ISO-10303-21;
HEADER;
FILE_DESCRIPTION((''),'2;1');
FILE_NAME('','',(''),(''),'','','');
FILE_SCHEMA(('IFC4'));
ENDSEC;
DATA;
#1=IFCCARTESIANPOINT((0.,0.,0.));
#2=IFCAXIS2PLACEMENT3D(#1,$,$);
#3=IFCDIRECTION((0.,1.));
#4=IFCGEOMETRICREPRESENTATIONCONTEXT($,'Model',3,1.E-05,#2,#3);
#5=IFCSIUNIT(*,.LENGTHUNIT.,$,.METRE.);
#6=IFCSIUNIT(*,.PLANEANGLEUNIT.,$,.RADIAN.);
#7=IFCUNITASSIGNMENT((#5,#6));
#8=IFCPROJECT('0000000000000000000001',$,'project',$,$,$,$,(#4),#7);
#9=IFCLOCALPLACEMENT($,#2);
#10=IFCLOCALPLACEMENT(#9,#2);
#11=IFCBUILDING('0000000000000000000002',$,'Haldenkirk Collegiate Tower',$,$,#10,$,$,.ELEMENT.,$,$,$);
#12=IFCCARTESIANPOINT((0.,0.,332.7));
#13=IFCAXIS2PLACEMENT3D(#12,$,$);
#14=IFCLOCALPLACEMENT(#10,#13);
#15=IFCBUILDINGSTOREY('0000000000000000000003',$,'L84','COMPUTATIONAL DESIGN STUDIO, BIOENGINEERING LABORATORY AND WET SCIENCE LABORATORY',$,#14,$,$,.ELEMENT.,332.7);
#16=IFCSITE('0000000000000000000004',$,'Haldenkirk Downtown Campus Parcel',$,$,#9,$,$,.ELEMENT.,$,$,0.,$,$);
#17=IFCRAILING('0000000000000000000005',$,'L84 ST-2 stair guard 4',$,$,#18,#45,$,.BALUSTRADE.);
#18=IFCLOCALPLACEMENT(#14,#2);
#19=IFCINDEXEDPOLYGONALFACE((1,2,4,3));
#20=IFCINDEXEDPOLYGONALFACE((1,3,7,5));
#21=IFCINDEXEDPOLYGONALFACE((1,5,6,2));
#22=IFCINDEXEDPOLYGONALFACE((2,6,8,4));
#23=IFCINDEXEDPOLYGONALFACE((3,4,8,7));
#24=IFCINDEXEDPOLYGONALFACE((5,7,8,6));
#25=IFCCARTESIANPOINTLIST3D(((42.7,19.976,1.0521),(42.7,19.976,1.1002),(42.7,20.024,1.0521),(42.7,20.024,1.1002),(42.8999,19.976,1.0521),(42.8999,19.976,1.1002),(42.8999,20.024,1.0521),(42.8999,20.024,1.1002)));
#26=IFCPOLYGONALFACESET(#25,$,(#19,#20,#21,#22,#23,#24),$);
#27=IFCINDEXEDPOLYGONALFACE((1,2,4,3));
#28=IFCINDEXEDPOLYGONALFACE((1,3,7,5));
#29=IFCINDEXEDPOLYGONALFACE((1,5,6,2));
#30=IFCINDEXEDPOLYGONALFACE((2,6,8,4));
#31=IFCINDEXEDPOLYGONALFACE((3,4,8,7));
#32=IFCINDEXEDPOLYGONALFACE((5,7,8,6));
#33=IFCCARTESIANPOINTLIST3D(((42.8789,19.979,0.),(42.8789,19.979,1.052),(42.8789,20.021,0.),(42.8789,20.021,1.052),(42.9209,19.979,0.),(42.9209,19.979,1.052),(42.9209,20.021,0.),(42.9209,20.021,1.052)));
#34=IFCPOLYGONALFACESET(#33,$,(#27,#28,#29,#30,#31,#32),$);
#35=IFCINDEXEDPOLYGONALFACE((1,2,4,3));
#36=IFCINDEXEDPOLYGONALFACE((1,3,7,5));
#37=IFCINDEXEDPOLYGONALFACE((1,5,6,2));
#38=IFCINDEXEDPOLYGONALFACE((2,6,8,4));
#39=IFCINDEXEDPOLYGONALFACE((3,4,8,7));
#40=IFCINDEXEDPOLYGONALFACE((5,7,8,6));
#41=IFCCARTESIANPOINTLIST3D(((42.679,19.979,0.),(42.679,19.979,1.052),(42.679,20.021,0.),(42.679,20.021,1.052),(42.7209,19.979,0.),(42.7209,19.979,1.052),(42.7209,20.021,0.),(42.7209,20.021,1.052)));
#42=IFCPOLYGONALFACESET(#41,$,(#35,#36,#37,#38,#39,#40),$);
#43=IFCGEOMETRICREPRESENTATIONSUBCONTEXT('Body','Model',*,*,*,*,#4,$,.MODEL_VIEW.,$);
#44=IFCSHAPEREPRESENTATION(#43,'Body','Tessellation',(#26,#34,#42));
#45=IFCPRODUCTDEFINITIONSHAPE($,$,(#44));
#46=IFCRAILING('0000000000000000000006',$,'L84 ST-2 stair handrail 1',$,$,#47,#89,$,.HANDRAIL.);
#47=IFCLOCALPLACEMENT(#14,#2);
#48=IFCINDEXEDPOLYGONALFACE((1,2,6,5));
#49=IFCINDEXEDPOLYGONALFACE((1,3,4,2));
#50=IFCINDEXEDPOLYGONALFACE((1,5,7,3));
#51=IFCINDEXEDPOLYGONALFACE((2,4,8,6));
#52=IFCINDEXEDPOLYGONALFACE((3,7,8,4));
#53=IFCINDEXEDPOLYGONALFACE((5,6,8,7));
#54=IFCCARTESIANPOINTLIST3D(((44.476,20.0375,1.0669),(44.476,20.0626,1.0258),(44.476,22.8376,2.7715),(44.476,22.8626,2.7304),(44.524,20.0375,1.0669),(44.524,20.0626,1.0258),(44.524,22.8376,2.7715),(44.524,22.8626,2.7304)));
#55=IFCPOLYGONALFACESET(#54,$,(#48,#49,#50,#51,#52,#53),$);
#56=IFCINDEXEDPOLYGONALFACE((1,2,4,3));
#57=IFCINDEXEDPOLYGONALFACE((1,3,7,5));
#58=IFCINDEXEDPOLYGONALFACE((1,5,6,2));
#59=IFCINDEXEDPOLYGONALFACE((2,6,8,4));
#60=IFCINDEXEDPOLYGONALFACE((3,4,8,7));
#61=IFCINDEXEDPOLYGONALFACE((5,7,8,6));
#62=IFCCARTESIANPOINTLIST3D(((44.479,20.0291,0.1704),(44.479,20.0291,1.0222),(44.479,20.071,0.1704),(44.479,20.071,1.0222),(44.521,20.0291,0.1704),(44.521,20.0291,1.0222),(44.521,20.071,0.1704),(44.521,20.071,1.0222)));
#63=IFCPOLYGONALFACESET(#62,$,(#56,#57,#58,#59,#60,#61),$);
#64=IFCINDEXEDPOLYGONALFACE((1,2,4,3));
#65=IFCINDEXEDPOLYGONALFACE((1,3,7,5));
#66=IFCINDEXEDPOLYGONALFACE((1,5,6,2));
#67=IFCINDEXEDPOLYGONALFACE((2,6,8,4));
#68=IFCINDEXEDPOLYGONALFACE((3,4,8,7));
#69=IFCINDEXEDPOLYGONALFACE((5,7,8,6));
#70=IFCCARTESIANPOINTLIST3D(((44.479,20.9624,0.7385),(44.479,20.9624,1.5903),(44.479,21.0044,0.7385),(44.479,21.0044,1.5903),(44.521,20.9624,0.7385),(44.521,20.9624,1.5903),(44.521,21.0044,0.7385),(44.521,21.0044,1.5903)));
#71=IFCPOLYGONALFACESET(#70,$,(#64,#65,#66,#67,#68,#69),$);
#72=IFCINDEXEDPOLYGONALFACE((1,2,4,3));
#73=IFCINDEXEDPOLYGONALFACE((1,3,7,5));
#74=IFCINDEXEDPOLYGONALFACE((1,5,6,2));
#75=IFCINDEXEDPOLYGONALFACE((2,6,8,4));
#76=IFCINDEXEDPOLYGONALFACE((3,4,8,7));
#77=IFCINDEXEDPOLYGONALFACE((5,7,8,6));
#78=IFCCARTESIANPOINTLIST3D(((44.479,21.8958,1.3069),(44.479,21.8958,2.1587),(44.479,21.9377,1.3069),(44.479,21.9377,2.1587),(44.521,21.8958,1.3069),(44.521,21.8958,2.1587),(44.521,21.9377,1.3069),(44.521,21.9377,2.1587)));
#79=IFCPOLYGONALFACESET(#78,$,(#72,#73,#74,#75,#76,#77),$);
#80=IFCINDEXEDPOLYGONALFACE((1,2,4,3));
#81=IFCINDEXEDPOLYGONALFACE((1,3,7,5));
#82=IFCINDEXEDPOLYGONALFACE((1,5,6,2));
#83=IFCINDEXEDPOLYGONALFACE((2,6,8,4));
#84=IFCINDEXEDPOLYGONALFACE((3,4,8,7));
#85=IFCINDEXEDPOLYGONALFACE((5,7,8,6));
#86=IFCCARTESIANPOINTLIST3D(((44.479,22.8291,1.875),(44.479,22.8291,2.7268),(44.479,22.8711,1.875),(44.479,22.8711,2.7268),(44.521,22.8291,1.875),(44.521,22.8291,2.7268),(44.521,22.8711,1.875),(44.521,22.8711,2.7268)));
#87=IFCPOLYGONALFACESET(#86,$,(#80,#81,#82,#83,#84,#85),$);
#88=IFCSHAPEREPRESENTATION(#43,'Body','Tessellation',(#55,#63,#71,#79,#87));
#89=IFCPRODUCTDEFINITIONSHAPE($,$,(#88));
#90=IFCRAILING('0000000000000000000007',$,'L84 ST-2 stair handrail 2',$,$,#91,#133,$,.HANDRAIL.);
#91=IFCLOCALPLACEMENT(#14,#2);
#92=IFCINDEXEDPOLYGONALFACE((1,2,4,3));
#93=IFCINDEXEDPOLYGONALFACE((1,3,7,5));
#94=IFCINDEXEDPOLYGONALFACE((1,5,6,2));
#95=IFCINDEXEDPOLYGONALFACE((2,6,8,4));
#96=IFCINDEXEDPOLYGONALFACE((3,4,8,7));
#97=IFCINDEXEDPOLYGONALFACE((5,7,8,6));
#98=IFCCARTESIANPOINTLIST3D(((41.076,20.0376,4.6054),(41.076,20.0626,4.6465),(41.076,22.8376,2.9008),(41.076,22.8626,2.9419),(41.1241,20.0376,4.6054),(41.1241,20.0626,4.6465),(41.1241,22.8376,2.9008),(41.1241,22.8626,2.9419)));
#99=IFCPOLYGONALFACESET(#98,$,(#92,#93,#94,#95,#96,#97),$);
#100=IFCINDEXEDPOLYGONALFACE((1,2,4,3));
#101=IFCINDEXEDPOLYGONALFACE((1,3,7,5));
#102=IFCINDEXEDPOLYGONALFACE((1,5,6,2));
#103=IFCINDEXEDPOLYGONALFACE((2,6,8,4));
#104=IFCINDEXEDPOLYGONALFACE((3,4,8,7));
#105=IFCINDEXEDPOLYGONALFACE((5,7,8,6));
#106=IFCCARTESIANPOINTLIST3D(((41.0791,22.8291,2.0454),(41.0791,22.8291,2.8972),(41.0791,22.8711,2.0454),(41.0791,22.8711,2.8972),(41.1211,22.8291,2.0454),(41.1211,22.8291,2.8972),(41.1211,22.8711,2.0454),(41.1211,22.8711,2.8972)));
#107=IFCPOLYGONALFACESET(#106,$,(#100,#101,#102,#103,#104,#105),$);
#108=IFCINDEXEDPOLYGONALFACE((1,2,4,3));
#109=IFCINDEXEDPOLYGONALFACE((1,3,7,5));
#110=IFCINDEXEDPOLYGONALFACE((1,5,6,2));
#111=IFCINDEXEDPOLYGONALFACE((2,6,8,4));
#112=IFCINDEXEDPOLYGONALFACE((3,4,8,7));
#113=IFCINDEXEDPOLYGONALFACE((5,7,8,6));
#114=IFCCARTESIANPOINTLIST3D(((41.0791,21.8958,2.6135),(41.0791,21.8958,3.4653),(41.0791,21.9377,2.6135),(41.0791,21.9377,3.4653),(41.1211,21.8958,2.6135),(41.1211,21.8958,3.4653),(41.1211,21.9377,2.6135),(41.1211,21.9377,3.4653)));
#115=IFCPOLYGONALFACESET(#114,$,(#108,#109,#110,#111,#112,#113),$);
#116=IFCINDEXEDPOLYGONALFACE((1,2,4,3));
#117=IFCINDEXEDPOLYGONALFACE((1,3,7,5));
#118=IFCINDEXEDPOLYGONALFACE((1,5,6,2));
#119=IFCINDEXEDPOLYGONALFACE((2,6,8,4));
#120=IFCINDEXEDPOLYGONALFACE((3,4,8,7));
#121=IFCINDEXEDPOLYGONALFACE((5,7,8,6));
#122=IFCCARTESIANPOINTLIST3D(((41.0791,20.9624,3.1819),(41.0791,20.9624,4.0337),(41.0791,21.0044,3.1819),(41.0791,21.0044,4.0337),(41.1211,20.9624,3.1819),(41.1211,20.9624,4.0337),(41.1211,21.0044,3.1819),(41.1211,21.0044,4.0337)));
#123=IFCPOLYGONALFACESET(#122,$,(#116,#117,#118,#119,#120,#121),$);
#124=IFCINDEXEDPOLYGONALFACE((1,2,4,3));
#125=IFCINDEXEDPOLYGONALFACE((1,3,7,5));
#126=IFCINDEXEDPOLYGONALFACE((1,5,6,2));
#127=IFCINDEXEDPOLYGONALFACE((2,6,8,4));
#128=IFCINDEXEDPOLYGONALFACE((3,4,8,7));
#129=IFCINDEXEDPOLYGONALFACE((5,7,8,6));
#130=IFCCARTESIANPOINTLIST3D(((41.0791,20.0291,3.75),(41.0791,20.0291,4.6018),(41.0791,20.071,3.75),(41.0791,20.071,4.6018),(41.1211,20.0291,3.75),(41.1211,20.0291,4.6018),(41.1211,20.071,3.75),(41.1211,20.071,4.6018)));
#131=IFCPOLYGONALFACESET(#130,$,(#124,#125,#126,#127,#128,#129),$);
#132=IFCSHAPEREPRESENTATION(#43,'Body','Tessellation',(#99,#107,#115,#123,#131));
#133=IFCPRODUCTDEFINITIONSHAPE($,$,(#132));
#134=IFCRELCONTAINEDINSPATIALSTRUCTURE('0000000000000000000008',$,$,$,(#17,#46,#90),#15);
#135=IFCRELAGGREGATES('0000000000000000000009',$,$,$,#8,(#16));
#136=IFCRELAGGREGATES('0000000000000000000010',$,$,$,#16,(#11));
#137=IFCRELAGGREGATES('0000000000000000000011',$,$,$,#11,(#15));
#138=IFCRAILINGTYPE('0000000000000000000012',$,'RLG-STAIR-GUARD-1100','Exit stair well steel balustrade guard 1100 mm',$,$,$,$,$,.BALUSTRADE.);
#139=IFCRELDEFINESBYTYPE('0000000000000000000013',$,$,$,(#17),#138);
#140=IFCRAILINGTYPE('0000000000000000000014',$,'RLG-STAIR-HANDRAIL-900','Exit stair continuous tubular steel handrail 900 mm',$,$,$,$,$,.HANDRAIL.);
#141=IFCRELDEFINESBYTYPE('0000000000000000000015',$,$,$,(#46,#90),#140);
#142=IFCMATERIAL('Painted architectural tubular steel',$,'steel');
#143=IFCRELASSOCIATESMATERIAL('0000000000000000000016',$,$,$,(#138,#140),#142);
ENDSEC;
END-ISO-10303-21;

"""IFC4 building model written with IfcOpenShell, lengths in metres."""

from ifc_helpers import new_model, si_unit, direction, frame, origin, origin_2d, place, context, subcontext, project, spatial, rectangle, extrude, material, type_object, element, save


model = new_model("IFC4")

# Units and contexts
model_context = context("Model", 3, precision=1e-05, world=origin(), true_north=direction((0.0, 1.0)))
body_context = subcontext(model_context, "Body", "Model", "MODEL_VIEW")
ifc_project = project(units=[si_unit("LENGTHUNIT", "METRE"), si_unit("PLANEANGLEUNIT", "RADIAN")], contexts=[model_context])

# Site, building, storey
site_placement = place(None, origin())
site = spatial("IfcSite", under=ifc_project, at=site_placement, Name="Haldenkirk Downtown Campus Parcel", CompositionType="ELEMENT", RefElevation=0.0)
building_placement = place(site_placement, origin())
building = spatial("IfcBuilding", under=site, at=building_placement, Name="Haldenkirk Collegiate Tower", CompositionType="ELEMENT")
storey_placement = place(building_placement, frame((0.0, 0.0, 332.7)))
storey = spatial("IfcBuildingStorey", under=building, at=storey_placement, Name="L84", Description="COMPUTATIONAL DESIGN STUDIO, BIOENGINEERING LABORATORY AND WET SCIENCE LABORATORY", CompositionType="ELEMENT", Elevation=332.7)

# Railings
ifc_material_1 = material(Name="Painted architectural tubular steel", Category="steel")
railing_type_1 = type_object("IfcRailingType", Name="RLG-STAIR-GUARD-1100", Description="Exit stair well steel balustrade guard 1100 mm", PredefinedType="BALUSTRADE", material=ifc_material_1)
railing_1_placement = place(storey_placement, frame((42.8999, 20.0, 0.0)))
element("IfcRailing", 1, at=railing_1_placement, inside=storey, type_object=railing_type_1, Name="L84 ST-2 stair guard 4", PredefinedType="BALUSTRADE", context=body_context, shape_type="SweptSolid", body=[
    extrude(rectangle(XDim=0.0481, YDim=0.0481, at=origin_2d()), frame((0.0, 0.0, 1.0762), z_axis=(-1.0, 0.0, 0.0), x_axis=(0.0, -1.0, 0.0)), (0.0, 0.0, 1.0), 0.2),
    extrude(rectangle(XDim=0.042, YDim=0.042, at=origin_2d()), origin(), (0.0, 0.0, 1.0), 1.052),
    extrude(rectangle(XDim=0.042, YDim=0.042, at=origin_2d()), frame((-0.2, 0.0, 0.0)), (0.0, 0.0, 1.0), 1.052),
])
railing_type_2 = type_object("IfcRailingType", Name="RLG-STAIR-HANDRAIL-900", Description="Exit stair continuous tubular steel handrail 900 mm", PredefinedType="HANDRAIL", material=ifc_material_1)
railing_2_placement = place(storey_placement, frame((44.5, 20.05, 0.1704)))
element("IfcRailing", 2, at=railing_2_placement, inside=storey, type_object=railing_type_2, Name="L84 ST-2 stair handrail 1", PredefinedType="HANDRAIL", context=body_context, shape_type="SweptSolid", body=[
    extrude(rectangle(XDim=0.0481, YDim=0.0481, at=origin_2d()), frame((0.0, 0.0, 0.876), z_axis=(0.0, 0.85417, 0.519994), x_axis=(-1.0, 0.0, 0.0)), (0.0, 0.0, 1.0), 3.2781),
    extrude(rectangle(XDim=0.042, YDim=0.042, at=origin_2d()), origin(), (0.0, 0.0, 1.0), 0.8518),
    extrude(rectangle(XDim=0.042, YDim=0.042, at=origin_2d()), frame((0.0, 0.9333, 0.5681)), (0.0, 0.0, 1.0), 0.8518),
    extrude(rectangle(XDim=0.042, YDim=0.042, at=origin_2d()), frame((0.0, 1.8667, 1.1365)), (0.0, 0.0, 1.0), 0.8518),
    extrude(rectangle(XDim=0.042, YDim=0.042, at=origin_2d()), frame((0.0, 2.8, 1.7046)), (0.0, 0.0, 1.0), 0.8518),
])
railing_3_placement = place(storey_placement, frame((41.1001, 22.8501, 2.0454)))
element("IfcRailing", 3, at=railing_3_placement, inside=storey, type_object=railing_type_2, Name="L84 ST-2 stair handrail 2", PredefinedType="HANDRAIL", context=body_context, shape_type="SweptSolid", body=[
    extrude(rectangle(XDim=0.0481, YDim=0.0481, at=origin_2d()), frame((0.0, 0.0, 0.876), z_axis=(0.0, -0.85417, 0.519994), x_axis=(1.0, 0.0, 0.0)), (0.0, 0.0, 1.0), 3.2781),
    extrude(rectangle(XDim=0.042, YDim=0.042, at=origin_2d()), origin(), (0.0, 0.0, 1.0), 0.8518),
    extrude(rectangle(XDim=0.042, YDim=0.042, at=origin_2d()), frame((0.0, -0.9333, 0.5681)), (0.0, 0.0, 1.0), 0.8518),
    extrude(rectangle(XDim=0.042, YDim=0.042, at=origin_2d()), frame((0.0, -1.8667, 1.1365)), (0.0, 0.0, 1.0), 0.8518),
    extrude(rectangle(XDim=0.042, YDim=0.042, at=origin_2d()), frame((0.0, -2.8, 1.7046)), (0.0, 0.0, 1.0), 0.8518),
])

save(model, "model.ifc")
